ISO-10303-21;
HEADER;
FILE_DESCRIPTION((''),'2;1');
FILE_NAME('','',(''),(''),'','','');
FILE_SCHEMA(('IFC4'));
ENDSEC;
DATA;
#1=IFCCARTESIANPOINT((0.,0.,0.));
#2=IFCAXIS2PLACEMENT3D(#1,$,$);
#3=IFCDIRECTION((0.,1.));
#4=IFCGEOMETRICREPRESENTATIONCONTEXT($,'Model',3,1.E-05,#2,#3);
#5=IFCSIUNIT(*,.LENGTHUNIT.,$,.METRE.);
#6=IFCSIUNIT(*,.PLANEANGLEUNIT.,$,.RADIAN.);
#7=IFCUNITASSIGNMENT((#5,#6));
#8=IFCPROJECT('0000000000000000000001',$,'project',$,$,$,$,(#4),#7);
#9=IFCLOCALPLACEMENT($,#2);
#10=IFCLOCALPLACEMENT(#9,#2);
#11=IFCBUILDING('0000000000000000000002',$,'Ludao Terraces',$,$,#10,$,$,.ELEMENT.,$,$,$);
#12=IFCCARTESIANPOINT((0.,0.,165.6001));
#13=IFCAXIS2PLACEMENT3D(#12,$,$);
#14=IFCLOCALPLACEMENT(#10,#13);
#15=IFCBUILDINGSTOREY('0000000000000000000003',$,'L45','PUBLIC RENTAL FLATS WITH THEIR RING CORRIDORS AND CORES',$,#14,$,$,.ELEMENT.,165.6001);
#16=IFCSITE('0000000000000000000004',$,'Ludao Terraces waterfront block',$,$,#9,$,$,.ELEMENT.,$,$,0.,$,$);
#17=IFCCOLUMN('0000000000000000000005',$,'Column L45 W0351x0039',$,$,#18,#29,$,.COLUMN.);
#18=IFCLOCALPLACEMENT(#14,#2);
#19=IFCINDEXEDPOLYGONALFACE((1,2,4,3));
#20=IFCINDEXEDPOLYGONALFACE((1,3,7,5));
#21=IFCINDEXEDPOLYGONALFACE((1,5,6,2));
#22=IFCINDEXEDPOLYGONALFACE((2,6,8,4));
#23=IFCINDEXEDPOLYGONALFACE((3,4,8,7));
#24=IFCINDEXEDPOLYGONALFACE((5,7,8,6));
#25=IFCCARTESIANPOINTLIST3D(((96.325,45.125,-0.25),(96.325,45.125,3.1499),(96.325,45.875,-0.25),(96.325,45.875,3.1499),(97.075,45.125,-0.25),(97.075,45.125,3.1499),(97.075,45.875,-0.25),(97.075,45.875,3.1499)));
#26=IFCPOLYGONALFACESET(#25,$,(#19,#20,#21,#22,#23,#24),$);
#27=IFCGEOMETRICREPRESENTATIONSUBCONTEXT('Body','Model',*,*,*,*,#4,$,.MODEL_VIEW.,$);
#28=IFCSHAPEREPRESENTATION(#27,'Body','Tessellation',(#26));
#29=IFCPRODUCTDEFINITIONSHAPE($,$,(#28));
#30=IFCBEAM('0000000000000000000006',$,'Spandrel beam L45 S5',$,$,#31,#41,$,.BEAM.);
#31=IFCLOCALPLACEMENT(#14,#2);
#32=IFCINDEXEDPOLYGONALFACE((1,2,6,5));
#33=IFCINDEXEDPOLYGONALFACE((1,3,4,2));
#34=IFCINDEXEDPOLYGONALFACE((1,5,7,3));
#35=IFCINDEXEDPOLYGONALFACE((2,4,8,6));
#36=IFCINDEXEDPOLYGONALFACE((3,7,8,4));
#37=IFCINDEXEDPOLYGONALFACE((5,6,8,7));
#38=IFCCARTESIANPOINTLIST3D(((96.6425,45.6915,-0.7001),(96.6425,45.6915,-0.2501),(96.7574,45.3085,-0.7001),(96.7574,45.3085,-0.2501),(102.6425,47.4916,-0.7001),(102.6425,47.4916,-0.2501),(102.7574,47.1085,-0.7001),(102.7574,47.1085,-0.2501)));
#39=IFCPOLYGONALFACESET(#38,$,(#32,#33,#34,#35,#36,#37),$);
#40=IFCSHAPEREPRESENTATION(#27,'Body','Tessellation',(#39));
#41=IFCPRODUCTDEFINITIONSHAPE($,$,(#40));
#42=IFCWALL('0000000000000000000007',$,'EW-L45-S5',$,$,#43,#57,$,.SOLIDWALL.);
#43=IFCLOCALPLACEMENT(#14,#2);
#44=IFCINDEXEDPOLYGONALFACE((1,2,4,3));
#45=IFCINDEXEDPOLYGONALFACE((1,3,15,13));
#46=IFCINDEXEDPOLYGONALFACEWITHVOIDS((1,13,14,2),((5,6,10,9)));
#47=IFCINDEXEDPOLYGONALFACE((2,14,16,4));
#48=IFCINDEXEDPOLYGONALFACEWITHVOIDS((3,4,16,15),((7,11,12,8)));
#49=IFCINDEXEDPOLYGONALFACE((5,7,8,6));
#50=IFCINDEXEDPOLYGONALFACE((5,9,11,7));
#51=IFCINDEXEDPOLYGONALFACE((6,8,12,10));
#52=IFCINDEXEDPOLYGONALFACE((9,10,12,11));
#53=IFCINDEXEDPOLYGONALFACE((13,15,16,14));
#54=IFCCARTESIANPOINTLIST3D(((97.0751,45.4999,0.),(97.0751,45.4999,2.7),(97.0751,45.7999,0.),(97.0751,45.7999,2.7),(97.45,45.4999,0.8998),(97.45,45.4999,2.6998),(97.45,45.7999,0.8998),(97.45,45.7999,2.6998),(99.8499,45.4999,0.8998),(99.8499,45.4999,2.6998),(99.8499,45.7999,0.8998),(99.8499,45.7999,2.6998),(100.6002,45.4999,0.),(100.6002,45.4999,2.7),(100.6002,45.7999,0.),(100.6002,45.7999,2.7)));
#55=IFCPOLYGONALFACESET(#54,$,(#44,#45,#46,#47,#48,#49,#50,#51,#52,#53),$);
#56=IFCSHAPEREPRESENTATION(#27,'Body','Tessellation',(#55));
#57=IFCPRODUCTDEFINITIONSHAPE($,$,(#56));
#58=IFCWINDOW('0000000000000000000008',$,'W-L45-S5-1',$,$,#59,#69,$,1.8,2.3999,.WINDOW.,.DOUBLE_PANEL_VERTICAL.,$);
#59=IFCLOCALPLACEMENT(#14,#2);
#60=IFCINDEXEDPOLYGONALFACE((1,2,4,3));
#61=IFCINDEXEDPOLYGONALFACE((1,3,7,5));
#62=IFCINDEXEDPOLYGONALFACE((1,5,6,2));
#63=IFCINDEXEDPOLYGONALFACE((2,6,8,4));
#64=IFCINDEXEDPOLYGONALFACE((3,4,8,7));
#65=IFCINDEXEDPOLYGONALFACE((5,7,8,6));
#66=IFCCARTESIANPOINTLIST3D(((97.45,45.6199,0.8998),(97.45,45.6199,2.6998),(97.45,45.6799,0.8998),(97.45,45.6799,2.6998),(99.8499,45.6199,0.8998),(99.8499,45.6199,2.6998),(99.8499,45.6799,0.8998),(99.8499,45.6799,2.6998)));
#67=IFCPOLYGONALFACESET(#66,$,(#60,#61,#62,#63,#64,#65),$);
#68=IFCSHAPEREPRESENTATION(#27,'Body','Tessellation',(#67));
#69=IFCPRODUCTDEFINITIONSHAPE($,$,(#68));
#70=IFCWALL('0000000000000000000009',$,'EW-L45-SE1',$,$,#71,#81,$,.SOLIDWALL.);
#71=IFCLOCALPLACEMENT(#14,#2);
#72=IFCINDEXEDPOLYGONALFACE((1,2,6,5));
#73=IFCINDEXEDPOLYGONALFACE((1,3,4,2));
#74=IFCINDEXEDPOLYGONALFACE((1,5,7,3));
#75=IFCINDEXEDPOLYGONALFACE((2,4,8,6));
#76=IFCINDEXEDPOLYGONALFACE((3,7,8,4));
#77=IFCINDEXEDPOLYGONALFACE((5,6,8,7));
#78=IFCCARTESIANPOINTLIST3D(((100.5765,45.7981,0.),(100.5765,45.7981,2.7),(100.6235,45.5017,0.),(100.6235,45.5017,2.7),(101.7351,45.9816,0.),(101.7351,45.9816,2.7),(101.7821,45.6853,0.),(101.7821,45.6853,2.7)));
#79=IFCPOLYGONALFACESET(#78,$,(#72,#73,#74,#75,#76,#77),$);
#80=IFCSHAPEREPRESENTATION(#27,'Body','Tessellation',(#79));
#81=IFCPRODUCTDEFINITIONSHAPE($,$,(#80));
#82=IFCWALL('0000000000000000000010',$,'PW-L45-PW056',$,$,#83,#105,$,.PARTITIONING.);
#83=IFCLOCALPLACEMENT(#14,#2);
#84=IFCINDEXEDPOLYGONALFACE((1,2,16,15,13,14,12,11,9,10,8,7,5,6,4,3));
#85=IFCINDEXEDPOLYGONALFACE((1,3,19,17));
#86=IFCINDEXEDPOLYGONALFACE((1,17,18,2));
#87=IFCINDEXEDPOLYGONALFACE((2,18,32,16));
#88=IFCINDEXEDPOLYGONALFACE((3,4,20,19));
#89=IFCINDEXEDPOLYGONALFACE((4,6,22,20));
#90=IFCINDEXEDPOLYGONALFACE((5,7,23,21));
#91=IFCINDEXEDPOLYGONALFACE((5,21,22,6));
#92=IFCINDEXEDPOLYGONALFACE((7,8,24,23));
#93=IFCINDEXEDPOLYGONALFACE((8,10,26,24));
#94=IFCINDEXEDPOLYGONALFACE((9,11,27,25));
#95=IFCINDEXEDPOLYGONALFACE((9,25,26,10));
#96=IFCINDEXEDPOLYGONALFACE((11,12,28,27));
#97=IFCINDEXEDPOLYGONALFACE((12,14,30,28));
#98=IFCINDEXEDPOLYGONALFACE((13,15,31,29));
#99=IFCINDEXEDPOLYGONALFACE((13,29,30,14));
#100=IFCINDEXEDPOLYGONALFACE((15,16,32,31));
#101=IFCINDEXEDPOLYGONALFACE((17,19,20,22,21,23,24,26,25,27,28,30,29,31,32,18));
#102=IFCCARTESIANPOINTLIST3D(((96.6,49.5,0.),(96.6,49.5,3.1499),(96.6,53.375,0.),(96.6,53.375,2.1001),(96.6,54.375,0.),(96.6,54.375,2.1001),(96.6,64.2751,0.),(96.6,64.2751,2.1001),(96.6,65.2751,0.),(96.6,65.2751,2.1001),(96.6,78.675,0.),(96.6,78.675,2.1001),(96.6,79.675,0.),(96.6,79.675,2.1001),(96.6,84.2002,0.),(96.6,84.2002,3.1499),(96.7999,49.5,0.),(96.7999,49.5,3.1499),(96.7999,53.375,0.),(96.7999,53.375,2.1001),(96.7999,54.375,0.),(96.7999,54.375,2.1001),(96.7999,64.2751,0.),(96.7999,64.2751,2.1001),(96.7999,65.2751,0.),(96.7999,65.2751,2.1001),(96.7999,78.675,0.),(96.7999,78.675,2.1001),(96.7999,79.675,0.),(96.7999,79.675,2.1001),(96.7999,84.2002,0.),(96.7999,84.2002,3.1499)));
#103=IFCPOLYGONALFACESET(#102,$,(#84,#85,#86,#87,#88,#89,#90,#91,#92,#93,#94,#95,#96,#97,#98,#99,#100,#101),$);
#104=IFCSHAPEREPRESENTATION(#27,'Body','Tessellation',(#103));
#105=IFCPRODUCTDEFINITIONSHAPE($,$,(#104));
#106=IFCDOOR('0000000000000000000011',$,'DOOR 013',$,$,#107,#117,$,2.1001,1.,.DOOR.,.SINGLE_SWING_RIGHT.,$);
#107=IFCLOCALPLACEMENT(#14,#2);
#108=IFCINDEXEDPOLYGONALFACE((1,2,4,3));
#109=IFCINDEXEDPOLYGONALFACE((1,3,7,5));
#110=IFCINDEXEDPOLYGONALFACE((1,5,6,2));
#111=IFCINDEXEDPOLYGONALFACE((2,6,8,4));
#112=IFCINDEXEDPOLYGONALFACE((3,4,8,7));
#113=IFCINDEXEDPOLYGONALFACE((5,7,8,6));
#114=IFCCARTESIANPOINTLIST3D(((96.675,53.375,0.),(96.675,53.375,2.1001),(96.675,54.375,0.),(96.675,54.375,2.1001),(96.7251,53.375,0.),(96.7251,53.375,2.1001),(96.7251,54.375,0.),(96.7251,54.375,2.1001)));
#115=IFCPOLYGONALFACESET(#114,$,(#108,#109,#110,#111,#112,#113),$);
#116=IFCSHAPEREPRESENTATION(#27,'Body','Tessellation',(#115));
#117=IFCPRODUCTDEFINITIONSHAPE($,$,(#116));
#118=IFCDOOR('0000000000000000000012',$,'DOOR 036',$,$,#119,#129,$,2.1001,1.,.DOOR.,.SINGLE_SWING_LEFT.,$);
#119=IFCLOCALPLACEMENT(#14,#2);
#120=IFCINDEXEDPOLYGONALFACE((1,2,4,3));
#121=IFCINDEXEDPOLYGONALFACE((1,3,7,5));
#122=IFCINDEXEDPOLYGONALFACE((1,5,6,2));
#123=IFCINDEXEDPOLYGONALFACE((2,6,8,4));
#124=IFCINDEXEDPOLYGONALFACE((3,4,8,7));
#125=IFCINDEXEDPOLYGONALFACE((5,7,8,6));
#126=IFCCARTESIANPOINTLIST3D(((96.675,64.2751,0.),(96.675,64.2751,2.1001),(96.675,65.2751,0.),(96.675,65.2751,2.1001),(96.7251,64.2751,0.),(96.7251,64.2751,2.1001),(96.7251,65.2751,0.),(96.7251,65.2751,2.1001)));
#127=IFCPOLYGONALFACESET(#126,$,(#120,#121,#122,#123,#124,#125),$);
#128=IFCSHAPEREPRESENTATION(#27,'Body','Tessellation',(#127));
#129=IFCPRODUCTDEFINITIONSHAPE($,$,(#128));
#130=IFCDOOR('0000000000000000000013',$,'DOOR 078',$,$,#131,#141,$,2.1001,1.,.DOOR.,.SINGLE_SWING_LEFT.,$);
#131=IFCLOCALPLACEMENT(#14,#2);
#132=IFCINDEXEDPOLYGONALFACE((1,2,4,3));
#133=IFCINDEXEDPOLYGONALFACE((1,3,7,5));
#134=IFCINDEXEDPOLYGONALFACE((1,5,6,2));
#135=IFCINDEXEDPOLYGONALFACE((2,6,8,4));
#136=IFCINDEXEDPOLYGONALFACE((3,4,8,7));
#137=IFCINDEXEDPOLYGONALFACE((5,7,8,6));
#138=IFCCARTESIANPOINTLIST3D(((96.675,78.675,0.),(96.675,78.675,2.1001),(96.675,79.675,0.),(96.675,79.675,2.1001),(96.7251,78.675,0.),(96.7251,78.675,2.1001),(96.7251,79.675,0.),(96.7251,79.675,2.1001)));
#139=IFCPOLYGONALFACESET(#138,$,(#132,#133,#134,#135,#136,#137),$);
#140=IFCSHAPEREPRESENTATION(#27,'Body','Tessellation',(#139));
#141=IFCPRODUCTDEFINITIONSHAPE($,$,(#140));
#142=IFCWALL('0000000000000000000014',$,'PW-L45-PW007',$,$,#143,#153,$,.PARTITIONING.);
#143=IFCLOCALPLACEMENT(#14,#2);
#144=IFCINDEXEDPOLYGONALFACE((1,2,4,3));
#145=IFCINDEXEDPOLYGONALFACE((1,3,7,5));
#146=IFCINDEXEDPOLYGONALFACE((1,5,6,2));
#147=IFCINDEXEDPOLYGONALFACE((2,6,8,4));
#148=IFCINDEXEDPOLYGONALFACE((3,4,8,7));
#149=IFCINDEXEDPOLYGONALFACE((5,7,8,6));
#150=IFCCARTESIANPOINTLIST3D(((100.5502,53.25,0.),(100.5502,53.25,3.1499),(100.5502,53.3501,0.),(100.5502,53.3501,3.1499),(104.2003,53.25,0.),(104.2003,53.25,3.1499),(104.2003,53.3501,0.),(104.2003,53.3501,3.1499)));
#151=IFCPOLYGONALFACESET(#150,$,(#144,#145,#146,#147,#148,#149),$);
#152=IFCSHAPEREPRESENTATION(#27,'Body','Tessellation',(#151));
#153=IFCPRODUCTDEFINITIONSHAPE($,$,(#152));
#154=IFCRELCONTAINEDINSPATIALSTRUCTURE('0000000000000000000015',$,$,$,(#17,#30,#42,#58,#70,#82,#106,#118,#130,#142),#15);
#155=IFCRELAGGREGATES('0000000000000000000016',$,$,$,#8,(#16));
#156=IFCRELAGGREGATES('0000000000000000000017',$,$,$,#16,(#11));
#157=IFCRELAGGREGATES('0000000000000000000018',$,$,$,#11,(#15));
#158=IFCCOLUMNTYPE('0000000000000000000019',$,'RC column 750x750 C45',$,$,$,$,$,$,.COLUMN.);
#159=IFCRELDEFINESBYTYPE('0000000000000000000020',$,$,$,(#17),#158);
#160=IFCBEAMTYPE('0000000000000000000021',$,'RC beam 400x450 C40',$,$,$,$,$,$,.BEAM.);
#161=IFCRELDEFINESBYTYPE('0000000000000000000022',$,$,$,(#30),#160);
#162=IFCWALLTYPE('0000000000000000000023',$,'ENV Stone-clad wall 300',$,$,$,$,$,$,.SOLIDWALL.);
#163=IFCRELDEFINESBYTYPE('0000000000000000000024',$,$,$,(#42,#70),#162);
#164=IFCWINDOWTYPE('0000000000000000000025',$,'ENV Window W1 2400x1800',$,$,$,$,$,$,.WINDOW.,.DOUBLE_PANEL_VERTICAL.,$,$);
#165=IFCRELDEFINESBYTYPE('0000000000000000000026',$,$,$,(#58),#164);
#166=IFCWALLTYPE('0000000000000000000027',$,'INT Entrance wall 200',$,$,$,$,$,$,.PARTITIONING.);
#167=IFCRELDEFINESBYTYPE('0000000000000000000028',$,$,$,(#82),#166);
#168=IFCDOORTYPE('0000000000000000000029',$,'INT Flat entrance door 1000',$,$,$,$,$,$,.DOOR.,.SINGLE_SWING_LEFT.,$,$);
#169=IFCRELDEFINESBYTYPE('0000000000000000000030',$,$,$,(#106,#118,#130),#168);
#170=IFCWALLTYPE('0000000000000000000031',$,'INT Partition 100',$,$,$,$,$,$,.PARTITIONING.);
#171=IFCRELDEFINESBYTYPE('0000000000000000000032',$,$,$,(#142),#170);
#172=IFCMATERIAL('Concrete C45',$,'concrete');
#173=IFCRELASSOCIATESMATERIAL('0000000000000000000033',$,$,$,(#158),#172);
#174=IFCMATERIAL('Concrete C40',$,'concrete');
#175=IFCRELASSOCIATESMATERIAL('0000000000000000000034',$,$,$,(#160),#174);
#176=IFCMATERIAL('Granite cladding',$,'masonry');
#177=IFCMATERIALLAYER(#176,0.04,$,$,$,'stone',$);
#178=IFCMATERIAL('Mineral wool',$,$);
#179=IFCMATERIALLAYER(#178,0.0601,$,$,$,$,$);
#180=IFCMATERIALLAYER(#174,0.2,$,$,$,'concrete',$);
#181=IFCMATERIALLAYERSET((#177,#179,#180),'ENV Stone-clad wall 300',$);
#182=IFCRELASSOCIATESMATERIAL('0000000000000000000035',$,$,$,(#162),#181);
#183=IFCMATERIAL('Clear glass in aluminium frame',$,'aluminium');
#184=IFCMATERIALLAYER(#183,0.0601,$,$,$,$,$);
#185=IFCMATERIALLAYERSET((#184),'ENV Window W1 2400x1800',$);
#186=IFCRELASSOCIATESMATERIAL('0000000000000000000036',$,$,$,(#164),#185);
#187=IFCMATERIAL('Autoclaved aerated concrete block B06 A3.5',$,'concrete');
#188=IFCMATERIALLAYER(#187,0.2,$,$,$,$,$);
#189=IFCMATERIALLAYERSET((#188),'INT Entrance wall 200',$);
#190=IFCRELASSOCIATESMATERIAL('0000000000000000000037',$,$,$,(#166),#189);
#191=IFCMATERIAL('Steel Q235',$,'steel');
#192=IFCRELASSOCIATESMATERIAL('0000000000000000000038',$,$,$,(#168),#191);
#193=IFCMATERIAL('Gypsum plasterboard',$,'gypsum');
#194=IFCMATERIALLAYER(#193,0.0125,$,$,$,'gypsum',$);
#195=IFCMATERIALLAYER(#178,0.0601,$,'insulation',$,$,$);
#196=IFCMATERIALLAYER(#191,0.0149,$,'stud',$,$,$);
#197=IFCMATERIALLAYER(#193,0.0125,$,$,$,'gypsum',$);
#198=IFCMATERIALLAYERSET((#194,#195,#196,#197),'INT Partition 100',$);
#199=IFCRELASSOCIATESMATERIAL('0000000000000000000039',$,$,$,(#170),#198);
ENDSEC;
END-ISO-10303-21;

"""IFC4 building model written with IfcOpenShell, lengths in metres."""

from ifc_helpers import new_model, si_unit, direction, frame, frame_2d, origin, origin_2d, place, context, subcontext, project, spatial, rectangle, extrude, material, layer, layer_set, material_profile, profile_set, type_object, element, fill, save


model = new_model("IFC4")

# Units and contexts
model_context = context("Model", 3, precision=1e-05, world=origin(), true_north=direction((0.0, 1.0)))
body_context = subcontext(model_context, "Body", "Model", "MODEL_VIEW")
ifc_project = project(units=[si_unit("LENGTHUNIT", "METRE"), si_unit("PLANEANGLEUNIT", "RADIAN")], contexts=[model_context])

# Site, building, storey
site_placement = place(None, origin())
site = spatial("IfcSite", under=ifc_project, at=site_placement, Name="Ludao Terraces waterfront block", CompositionType="ELEMENT", RefElevation=0.0)
building_placement = place(site_placement, origin())
building = spatial("IfcBuilding", under=site, at=building_placement, Name="Ludao Terraces", CompositionType="ELEMENT")
storey_placement = place(building_placement, frame((0.0, 0.0, 165.6001)))
storey = spatial("IfcBuildingStorey", under=building, at=storey_placement, Name="L45", Description="PUBLIC RENTAL FLATS WITH THEIR RING CORRIDORS AND CORES", CompositionType="ELEMENT", Elevation=165.6001)

# Column
ifc_material_1 = material(Name="Concrete C45", Category="concrete")
ifc_material_profile_1 = material_profile(ifc_material_1, rectangle(XDim=0.75, YDim=0.75, at=origin_2d()), Name="750 X 750")
ifc_profile_set_1 = profile_set([ifc_material_profile_1], Name="Concrete C45")
column_type = type_object("IfcColumnType", Name="RC column 750x750 C45", PredefinedType="COLUMN", material=ifc_profile_set_1)
column_placement = place(storey_placement, frame((96.7, 45.5, -0.25), z_axis=(0.0, 0.0, 1.0), x_axis=(1.0, 0.0, 0.0)))
element("IfcColumn", 1, at=column_placement, inside=storey, type_object=column_type, Name="Column L45 W0351x0039", PredefinedType="COLUMN", context=body_context, shape_type="SweptSolid", body=[
    extrude(rectangle(XDim=0.75, YDim=0.75, at=origin_2d()), origin(), (0.0, 0.0, 1.0), 3.3999),
])

# Beam
ifc_material_2 = material(Name="Concrete C40", Category="concrete")
ifc_material_profile_2 = material_profile(ifc_material_2, rectangle(XDim=0.3999, YDim=0.45, at=origin_2d()), Name="400 X 450")
ifc_profile_set_2 = profile_set([ifc_material_profile_2], Name="Concrete C40")
beam_type = type_object("IfcBeamType", Name="RC beam 400x450 C40", PredefinedType="BEAM", material=ifc_profile_set_2)
beam_placement = place(storey_placement, frame((96.7, 45.5, -0.4751), z_axis=(0.957824, 0.287355, 0.0), x_axis=(-0.287355, 0.957824, 0.0)))
element("IfcBeam", 2, at=beam_placement, inside=storey, type_object=beam_type, Name="Spandrel beam L45 S5", PredefinedType="BEAM", context=body_context, shape_type="SweptSolid", body=[
    extrude(rectangle(XDim=0.3999, YDim=0.45, at=origin_2d()), origin(), (0.0, 0.0, 1.0), 6.2642),
])

# Wall, opening, window
ifc_material_3 = material(Name="Granite cladding", Category="masonry")
ifc_layer_1 = layer(ifc_material_3, 0.04, Category="stone")
ifc_material_4 = material(Name="Mineral wool")
ifc_layer_2 = layer(ifc_material_4, 0.0601)
ifc_layer_3 = layer(ifc_material_2, 0.2, Category="concrete")
ifc_layer_set_1 = layer_set([ifc_layer_1, ifc_layer_2, ifc_layer_3], Name="ENV Stone-clad wall 300")
wall_type_1 = type_object("IfcWallType", Name="ENV Stone-clad wall 300", PredefinedType="SOLIDWALL", material=ifc_layer_set_1)
wall_1_placement = place(storey_placement, frame((97.075, 45.6499, 0.0), z_axis=(0.0, 0.0, 1.0), x_axis=(1.0, 0.0, 0.0)))
wall_1 = element("IfcWall", 3, at=wall_1_placement, inside=storey, type_object=wall_type_1, Name="EW-L45-S5", PredefinedType="SOLIDWALL", context=body_context, shape_type="SweptSolid", body=[
    extrude(rectangle(XDim=3.5251, YDim=0.3, at=frame_2d((1.7627, 0.0))), origin(), (0.0, 0.0, 1.0), 2.7),
])
opening_1_placement = place(wall_1_placement, frame((0.375, 0.0, 0.8999)))
opening_1 = element("IfcOpeningElement", 4, at=opening_1_placement, cuts=wall_1, PredefinedType="OPENING", context=body_context, shape_type="SweptSolid", body=[
    extrude(rectangle(XDim=2.3999, YDim=1.8, at=frame_2d((1.2, 0.8999))), frame((0.0, 0.1602, 0.0), z_axis=(0.0, -1.0, 0.0), x_axis=(1.0, 0.0, 0.0)), (0.0, 0.0, 1.0), 0.3201),
])
ifc_material_5 = material(Name="Clear glass in aluminium frame", Category="aluminium")
ifc_layer_4 = layer(ifc_material_5, 0.0601)
ifc_layer_set_2 = layer_set([ifc_layer_4], Name="ENV Window W1 2400x1800")
window_type = type_object("IfcWindowType", Name="ENV Window W1 2400x1800", PartitioningType="DOUBLE_PANEL_VERTICAL", PredefinedType="WINDOW", material=ifc_layer_set_2)
window_placement = place(opening_1_placement, origin())
window = element("IfcWindow", 5, at=window_placement, inside=storey, type_object=window_type, Name="W-L45-S5-1", OverallHeight=1.8, OverallWidth=2.3999, PartitioningType="DOUBLE_PANEL_VERTICAL", PredefinedType="WINDOW", context=body_context, shape_type="SweptSolid", body=[
    extrude(rectangle(XDim=2.3999, YDim=1.8, at=frame_2d((1.2, 0.8999))), frame((0.0, 0.03, 0.0), z_axis=(0.0, -1.0, 0.0), x_axis=(1.0, 0.0, 0.0)), (0.0, 0.0, 1.0), 0.0601),
])
fill(opening_1, window)

# Wall
wall_2_placement = place(storey_placement, frame((100.6001, 45.6499, 0.0), z_axis=(0.0, 0.0, 1.0), x_axis=(0.987678, 0.156497, 0.0)))
element("IfcWall", 6, at=wall_2_placement, inside=storey, type_object=wall_type_1, Name="EW-L45-SE1", PredefinedType="SOLIDWALL", context=body_context, shape_type="SweptSolid", body=[
    extrude(rectangle(XDim=1.1731, YDim=0.3, at=frame_2d((0.5864, 0.0))), origin(), (0.0, 0.0, 1.0), 2.7),
])

# Wall, openings, doors
ifc_material_6 = material(Name="Autoclaved aerated concrete block B06 A3.5", Category="concrete")
ifc_layer_5 = layer(ifc_material_6, 0.2)
ifc_layer_set_3 = layer_set([ifc_layer_5], Name="INT Entrance wall 200")
wall_type_2 = type_object("IfcWallType", Name="INT Entrance wall 200", PredefinedType="PARTITIONING", material=ifc_layer_set_3)
wall_3_placement = place(storey_placement, frame((96.7, 49.5, 0.0), z_axis=(0.0, 0.0, 1.0), x_axis=(0.0, 1.0, 0.0)))
wall_3 = element("IfcWall", 7, at=wall_3_placement, inside=storey, type_object=wall_type_2, Name="PW-L45-PW056", PredefinedType="PARTITIONING", context=body_context, shape_type="SweptSolid", body=[
    extrude(rectangle(XDim=34.7002, YDim=0.2, at=frame_2d((17.3501, 0.0))), origin(), (0.0, 0.0, 1.0), 3.1499),
])
opening_2_placement = place(wall_3_placement, frame((3.875, 0.0, 0.0)))
opening_2 = element("IfcOpeningElement", 8, at=opening_2_placement, cuts=wall_3, PredefinedType="OPENING", context=body_context, shape_type="SweptSolid", body=[
    extrude(rectangle(XDim=1.0, YDim=2.1001, at=frame_2d((0.5, 1.05))), frame((0.0, 0.1099, 0.0), z_axis=(0.0, -1.0, 0.0), x_axis=(1.0, 0.0, 0.0)), (0.0, 0.0, 1.0), 0.22),
])
opening_3_placement = place(wall_3_placement, frame((14.7751, 0.0, 0.0)))
opening_3 = element("IfcOpeningElement", 9, at=opening_3_placement, cuts=wall_3, PredefinedType="OPENING", context=body_context, shape_type="SweptSolid", body=[
    extrude(rectangle(XDim=1.0, YDim=2.1001, at=frame_2d((0.5, 1.05))), frame((0.0, 0.1099, 0.0), z_axis=(0.0, -1.0, 0.0), x_axis=(1.0, 0.0, 0.0)), (0.0, 0.0, 1.0), 0.22),
])
opening_4_placement = place(wall_3_placement, frame((29.175, 0.0, 0.0)))
opening_4 = element("IfcOpeningElement", 10, at=opening_4_placement, cuts=wall_3, PredefinedType="OPENING", context=body_context, shape_type="SweptSolid", body=[
    extrude(rectangle(XDim=1.0, YDim=2.1001, at=frame_2d((0.5, 1.05))), frame((0.0, 0.1099, 0.0), z_axis=(0.0, -1.0, 0.0), x_axis=(1.0, 0.0, 0.0)), (0.0, 0.0, 1.0), 0.22),
])
ifc_material_7 = material(Name="Steel Q235", Category="steel")
door_type_1 = type_object("IfcDoorType", Name="INT Flat entrance door 1000", OperationType="SINGLE_SWING_LEFT", PredefinedType="DOOR", material=ifc_material_7)
door_1_placement = place(opening_2_placement, origin())
door_1 = element("IfcDoor", 11, at=door_1_placement, inside=storey, type_object=door_type_1, Name="DOOR 013", OperationType="SINGLE_SWING_RIGHT", OverallHeight=2.1001, OverallWidth=1.0, PredefinedType="DOOR", context=body_context, shape_type="SweptSolid", body=[
    extrude(rectangle(XDim=1.0, YDim=2.1001, at=frame_2d((0.5, 1.05))), frame((0.0, 0.0249, 0.0), z_axis=(0.0, -1.0, 0.0), x_axis=(1.0, 0.0, 0.0)), (0.0, 0.0, 1.0), 0.05),
])
fill(opening_2, door_1)
door_2_placement = place(opening_3_placement, origin())
door_2 = element("IfcDoor", 12, at=door_2_placement, inside=storey, type_object=door_type_1, Name="DOOR 036", OperationType="SINGLE_SWING_LEFT", OverallHeight=2.1001, OverallWidth=1.0, PredefinedType="DOOR", context=body_context, shape_type="SweptSolid", body=[
    extrude(rectangle(XDim=1.0, YDim=2.1001, at=frame_2d((0.5, 1.05))), frame((0.0, 0.0249, 0.0), z_axis=(0.0, -1.0, 0.0), x_axis=(1.0, 0.0, 0.0)), (0.0, 0.0, 1.0), 0.05),
])
fill(opening_3, door_2)
door_3_placement = place(opening_4_placement, origin())
door_3 = element("IfcDoor", 13, at=door_3_placement, inside=storey, type_object=door_type_1, Name="DOOR 078", OperationType="SINGLE_SWING_LEFT", OverallHeight=2.1001, OverallWidth=1.0, PredefinedType="DOOR", context=body_context, shape_type="SweptSolid", body=[
    extrude(rectangle(XDim=1.0, YDim=2.1001, at=frame_2d((0.5, 1.05))), frame((0.0, 0.0249, 0.0), z_axis=(0.0, -1.0, 0.0), x_axis=(1.0, 0.0, 0.0)), (0.0, 0.0, 1.0), 0.05),
])
fill(opening_4, door_3)

# Wall
ifc_material_8 = material(Name="Gypsum plasterboard", Category="gypsum")
ifc_layer_6 = layer(ifc_material_8, 0.0125, Category="gypsum")
ifc_layer_7 = layer(ifc_material_4, 0.0601, Name="insulation")
ifc_layer_8 = layer(ifc_material_7, 0.0149, Name="stud")
ifc_layer_9 = layer(ifc_material_8, 0.0125, Category="gypsum")
ifc_layer_set_4 = layer_set([ifc_layer_6, ifc_layer_7, ifc_layer_8, ifc_layer_9], Name="INT Partition 100")
wall_type_3 = type_object("IfcWallType", Name="INT Partition 100", PredefinedType="PARTITIONING", material=ifc_layer_set_4)
wall_4_placement = place(storey_placement, frame((100.55, 53.3, 0.0), z_axis=(0.0, 0.0, 1.0), x_axis=(1.0, 0.0, 0.0)))
element("IfcWall", 14, at=wall_4_placement, inside=storey, type_object=wall_type_3, Name="PW-L45-PW007", PredefinedType="PARTITIONING", context=body_context, shape_type="SweptSolid", body=[
    extrude(rectangle(XDim=3.6501, YDim=0.1001, at=frame_2d((1.8252, 0.0))), origin(), (0.0, 0.0, 1.0), 3.1499),
])

save(model, "model.ifc")
